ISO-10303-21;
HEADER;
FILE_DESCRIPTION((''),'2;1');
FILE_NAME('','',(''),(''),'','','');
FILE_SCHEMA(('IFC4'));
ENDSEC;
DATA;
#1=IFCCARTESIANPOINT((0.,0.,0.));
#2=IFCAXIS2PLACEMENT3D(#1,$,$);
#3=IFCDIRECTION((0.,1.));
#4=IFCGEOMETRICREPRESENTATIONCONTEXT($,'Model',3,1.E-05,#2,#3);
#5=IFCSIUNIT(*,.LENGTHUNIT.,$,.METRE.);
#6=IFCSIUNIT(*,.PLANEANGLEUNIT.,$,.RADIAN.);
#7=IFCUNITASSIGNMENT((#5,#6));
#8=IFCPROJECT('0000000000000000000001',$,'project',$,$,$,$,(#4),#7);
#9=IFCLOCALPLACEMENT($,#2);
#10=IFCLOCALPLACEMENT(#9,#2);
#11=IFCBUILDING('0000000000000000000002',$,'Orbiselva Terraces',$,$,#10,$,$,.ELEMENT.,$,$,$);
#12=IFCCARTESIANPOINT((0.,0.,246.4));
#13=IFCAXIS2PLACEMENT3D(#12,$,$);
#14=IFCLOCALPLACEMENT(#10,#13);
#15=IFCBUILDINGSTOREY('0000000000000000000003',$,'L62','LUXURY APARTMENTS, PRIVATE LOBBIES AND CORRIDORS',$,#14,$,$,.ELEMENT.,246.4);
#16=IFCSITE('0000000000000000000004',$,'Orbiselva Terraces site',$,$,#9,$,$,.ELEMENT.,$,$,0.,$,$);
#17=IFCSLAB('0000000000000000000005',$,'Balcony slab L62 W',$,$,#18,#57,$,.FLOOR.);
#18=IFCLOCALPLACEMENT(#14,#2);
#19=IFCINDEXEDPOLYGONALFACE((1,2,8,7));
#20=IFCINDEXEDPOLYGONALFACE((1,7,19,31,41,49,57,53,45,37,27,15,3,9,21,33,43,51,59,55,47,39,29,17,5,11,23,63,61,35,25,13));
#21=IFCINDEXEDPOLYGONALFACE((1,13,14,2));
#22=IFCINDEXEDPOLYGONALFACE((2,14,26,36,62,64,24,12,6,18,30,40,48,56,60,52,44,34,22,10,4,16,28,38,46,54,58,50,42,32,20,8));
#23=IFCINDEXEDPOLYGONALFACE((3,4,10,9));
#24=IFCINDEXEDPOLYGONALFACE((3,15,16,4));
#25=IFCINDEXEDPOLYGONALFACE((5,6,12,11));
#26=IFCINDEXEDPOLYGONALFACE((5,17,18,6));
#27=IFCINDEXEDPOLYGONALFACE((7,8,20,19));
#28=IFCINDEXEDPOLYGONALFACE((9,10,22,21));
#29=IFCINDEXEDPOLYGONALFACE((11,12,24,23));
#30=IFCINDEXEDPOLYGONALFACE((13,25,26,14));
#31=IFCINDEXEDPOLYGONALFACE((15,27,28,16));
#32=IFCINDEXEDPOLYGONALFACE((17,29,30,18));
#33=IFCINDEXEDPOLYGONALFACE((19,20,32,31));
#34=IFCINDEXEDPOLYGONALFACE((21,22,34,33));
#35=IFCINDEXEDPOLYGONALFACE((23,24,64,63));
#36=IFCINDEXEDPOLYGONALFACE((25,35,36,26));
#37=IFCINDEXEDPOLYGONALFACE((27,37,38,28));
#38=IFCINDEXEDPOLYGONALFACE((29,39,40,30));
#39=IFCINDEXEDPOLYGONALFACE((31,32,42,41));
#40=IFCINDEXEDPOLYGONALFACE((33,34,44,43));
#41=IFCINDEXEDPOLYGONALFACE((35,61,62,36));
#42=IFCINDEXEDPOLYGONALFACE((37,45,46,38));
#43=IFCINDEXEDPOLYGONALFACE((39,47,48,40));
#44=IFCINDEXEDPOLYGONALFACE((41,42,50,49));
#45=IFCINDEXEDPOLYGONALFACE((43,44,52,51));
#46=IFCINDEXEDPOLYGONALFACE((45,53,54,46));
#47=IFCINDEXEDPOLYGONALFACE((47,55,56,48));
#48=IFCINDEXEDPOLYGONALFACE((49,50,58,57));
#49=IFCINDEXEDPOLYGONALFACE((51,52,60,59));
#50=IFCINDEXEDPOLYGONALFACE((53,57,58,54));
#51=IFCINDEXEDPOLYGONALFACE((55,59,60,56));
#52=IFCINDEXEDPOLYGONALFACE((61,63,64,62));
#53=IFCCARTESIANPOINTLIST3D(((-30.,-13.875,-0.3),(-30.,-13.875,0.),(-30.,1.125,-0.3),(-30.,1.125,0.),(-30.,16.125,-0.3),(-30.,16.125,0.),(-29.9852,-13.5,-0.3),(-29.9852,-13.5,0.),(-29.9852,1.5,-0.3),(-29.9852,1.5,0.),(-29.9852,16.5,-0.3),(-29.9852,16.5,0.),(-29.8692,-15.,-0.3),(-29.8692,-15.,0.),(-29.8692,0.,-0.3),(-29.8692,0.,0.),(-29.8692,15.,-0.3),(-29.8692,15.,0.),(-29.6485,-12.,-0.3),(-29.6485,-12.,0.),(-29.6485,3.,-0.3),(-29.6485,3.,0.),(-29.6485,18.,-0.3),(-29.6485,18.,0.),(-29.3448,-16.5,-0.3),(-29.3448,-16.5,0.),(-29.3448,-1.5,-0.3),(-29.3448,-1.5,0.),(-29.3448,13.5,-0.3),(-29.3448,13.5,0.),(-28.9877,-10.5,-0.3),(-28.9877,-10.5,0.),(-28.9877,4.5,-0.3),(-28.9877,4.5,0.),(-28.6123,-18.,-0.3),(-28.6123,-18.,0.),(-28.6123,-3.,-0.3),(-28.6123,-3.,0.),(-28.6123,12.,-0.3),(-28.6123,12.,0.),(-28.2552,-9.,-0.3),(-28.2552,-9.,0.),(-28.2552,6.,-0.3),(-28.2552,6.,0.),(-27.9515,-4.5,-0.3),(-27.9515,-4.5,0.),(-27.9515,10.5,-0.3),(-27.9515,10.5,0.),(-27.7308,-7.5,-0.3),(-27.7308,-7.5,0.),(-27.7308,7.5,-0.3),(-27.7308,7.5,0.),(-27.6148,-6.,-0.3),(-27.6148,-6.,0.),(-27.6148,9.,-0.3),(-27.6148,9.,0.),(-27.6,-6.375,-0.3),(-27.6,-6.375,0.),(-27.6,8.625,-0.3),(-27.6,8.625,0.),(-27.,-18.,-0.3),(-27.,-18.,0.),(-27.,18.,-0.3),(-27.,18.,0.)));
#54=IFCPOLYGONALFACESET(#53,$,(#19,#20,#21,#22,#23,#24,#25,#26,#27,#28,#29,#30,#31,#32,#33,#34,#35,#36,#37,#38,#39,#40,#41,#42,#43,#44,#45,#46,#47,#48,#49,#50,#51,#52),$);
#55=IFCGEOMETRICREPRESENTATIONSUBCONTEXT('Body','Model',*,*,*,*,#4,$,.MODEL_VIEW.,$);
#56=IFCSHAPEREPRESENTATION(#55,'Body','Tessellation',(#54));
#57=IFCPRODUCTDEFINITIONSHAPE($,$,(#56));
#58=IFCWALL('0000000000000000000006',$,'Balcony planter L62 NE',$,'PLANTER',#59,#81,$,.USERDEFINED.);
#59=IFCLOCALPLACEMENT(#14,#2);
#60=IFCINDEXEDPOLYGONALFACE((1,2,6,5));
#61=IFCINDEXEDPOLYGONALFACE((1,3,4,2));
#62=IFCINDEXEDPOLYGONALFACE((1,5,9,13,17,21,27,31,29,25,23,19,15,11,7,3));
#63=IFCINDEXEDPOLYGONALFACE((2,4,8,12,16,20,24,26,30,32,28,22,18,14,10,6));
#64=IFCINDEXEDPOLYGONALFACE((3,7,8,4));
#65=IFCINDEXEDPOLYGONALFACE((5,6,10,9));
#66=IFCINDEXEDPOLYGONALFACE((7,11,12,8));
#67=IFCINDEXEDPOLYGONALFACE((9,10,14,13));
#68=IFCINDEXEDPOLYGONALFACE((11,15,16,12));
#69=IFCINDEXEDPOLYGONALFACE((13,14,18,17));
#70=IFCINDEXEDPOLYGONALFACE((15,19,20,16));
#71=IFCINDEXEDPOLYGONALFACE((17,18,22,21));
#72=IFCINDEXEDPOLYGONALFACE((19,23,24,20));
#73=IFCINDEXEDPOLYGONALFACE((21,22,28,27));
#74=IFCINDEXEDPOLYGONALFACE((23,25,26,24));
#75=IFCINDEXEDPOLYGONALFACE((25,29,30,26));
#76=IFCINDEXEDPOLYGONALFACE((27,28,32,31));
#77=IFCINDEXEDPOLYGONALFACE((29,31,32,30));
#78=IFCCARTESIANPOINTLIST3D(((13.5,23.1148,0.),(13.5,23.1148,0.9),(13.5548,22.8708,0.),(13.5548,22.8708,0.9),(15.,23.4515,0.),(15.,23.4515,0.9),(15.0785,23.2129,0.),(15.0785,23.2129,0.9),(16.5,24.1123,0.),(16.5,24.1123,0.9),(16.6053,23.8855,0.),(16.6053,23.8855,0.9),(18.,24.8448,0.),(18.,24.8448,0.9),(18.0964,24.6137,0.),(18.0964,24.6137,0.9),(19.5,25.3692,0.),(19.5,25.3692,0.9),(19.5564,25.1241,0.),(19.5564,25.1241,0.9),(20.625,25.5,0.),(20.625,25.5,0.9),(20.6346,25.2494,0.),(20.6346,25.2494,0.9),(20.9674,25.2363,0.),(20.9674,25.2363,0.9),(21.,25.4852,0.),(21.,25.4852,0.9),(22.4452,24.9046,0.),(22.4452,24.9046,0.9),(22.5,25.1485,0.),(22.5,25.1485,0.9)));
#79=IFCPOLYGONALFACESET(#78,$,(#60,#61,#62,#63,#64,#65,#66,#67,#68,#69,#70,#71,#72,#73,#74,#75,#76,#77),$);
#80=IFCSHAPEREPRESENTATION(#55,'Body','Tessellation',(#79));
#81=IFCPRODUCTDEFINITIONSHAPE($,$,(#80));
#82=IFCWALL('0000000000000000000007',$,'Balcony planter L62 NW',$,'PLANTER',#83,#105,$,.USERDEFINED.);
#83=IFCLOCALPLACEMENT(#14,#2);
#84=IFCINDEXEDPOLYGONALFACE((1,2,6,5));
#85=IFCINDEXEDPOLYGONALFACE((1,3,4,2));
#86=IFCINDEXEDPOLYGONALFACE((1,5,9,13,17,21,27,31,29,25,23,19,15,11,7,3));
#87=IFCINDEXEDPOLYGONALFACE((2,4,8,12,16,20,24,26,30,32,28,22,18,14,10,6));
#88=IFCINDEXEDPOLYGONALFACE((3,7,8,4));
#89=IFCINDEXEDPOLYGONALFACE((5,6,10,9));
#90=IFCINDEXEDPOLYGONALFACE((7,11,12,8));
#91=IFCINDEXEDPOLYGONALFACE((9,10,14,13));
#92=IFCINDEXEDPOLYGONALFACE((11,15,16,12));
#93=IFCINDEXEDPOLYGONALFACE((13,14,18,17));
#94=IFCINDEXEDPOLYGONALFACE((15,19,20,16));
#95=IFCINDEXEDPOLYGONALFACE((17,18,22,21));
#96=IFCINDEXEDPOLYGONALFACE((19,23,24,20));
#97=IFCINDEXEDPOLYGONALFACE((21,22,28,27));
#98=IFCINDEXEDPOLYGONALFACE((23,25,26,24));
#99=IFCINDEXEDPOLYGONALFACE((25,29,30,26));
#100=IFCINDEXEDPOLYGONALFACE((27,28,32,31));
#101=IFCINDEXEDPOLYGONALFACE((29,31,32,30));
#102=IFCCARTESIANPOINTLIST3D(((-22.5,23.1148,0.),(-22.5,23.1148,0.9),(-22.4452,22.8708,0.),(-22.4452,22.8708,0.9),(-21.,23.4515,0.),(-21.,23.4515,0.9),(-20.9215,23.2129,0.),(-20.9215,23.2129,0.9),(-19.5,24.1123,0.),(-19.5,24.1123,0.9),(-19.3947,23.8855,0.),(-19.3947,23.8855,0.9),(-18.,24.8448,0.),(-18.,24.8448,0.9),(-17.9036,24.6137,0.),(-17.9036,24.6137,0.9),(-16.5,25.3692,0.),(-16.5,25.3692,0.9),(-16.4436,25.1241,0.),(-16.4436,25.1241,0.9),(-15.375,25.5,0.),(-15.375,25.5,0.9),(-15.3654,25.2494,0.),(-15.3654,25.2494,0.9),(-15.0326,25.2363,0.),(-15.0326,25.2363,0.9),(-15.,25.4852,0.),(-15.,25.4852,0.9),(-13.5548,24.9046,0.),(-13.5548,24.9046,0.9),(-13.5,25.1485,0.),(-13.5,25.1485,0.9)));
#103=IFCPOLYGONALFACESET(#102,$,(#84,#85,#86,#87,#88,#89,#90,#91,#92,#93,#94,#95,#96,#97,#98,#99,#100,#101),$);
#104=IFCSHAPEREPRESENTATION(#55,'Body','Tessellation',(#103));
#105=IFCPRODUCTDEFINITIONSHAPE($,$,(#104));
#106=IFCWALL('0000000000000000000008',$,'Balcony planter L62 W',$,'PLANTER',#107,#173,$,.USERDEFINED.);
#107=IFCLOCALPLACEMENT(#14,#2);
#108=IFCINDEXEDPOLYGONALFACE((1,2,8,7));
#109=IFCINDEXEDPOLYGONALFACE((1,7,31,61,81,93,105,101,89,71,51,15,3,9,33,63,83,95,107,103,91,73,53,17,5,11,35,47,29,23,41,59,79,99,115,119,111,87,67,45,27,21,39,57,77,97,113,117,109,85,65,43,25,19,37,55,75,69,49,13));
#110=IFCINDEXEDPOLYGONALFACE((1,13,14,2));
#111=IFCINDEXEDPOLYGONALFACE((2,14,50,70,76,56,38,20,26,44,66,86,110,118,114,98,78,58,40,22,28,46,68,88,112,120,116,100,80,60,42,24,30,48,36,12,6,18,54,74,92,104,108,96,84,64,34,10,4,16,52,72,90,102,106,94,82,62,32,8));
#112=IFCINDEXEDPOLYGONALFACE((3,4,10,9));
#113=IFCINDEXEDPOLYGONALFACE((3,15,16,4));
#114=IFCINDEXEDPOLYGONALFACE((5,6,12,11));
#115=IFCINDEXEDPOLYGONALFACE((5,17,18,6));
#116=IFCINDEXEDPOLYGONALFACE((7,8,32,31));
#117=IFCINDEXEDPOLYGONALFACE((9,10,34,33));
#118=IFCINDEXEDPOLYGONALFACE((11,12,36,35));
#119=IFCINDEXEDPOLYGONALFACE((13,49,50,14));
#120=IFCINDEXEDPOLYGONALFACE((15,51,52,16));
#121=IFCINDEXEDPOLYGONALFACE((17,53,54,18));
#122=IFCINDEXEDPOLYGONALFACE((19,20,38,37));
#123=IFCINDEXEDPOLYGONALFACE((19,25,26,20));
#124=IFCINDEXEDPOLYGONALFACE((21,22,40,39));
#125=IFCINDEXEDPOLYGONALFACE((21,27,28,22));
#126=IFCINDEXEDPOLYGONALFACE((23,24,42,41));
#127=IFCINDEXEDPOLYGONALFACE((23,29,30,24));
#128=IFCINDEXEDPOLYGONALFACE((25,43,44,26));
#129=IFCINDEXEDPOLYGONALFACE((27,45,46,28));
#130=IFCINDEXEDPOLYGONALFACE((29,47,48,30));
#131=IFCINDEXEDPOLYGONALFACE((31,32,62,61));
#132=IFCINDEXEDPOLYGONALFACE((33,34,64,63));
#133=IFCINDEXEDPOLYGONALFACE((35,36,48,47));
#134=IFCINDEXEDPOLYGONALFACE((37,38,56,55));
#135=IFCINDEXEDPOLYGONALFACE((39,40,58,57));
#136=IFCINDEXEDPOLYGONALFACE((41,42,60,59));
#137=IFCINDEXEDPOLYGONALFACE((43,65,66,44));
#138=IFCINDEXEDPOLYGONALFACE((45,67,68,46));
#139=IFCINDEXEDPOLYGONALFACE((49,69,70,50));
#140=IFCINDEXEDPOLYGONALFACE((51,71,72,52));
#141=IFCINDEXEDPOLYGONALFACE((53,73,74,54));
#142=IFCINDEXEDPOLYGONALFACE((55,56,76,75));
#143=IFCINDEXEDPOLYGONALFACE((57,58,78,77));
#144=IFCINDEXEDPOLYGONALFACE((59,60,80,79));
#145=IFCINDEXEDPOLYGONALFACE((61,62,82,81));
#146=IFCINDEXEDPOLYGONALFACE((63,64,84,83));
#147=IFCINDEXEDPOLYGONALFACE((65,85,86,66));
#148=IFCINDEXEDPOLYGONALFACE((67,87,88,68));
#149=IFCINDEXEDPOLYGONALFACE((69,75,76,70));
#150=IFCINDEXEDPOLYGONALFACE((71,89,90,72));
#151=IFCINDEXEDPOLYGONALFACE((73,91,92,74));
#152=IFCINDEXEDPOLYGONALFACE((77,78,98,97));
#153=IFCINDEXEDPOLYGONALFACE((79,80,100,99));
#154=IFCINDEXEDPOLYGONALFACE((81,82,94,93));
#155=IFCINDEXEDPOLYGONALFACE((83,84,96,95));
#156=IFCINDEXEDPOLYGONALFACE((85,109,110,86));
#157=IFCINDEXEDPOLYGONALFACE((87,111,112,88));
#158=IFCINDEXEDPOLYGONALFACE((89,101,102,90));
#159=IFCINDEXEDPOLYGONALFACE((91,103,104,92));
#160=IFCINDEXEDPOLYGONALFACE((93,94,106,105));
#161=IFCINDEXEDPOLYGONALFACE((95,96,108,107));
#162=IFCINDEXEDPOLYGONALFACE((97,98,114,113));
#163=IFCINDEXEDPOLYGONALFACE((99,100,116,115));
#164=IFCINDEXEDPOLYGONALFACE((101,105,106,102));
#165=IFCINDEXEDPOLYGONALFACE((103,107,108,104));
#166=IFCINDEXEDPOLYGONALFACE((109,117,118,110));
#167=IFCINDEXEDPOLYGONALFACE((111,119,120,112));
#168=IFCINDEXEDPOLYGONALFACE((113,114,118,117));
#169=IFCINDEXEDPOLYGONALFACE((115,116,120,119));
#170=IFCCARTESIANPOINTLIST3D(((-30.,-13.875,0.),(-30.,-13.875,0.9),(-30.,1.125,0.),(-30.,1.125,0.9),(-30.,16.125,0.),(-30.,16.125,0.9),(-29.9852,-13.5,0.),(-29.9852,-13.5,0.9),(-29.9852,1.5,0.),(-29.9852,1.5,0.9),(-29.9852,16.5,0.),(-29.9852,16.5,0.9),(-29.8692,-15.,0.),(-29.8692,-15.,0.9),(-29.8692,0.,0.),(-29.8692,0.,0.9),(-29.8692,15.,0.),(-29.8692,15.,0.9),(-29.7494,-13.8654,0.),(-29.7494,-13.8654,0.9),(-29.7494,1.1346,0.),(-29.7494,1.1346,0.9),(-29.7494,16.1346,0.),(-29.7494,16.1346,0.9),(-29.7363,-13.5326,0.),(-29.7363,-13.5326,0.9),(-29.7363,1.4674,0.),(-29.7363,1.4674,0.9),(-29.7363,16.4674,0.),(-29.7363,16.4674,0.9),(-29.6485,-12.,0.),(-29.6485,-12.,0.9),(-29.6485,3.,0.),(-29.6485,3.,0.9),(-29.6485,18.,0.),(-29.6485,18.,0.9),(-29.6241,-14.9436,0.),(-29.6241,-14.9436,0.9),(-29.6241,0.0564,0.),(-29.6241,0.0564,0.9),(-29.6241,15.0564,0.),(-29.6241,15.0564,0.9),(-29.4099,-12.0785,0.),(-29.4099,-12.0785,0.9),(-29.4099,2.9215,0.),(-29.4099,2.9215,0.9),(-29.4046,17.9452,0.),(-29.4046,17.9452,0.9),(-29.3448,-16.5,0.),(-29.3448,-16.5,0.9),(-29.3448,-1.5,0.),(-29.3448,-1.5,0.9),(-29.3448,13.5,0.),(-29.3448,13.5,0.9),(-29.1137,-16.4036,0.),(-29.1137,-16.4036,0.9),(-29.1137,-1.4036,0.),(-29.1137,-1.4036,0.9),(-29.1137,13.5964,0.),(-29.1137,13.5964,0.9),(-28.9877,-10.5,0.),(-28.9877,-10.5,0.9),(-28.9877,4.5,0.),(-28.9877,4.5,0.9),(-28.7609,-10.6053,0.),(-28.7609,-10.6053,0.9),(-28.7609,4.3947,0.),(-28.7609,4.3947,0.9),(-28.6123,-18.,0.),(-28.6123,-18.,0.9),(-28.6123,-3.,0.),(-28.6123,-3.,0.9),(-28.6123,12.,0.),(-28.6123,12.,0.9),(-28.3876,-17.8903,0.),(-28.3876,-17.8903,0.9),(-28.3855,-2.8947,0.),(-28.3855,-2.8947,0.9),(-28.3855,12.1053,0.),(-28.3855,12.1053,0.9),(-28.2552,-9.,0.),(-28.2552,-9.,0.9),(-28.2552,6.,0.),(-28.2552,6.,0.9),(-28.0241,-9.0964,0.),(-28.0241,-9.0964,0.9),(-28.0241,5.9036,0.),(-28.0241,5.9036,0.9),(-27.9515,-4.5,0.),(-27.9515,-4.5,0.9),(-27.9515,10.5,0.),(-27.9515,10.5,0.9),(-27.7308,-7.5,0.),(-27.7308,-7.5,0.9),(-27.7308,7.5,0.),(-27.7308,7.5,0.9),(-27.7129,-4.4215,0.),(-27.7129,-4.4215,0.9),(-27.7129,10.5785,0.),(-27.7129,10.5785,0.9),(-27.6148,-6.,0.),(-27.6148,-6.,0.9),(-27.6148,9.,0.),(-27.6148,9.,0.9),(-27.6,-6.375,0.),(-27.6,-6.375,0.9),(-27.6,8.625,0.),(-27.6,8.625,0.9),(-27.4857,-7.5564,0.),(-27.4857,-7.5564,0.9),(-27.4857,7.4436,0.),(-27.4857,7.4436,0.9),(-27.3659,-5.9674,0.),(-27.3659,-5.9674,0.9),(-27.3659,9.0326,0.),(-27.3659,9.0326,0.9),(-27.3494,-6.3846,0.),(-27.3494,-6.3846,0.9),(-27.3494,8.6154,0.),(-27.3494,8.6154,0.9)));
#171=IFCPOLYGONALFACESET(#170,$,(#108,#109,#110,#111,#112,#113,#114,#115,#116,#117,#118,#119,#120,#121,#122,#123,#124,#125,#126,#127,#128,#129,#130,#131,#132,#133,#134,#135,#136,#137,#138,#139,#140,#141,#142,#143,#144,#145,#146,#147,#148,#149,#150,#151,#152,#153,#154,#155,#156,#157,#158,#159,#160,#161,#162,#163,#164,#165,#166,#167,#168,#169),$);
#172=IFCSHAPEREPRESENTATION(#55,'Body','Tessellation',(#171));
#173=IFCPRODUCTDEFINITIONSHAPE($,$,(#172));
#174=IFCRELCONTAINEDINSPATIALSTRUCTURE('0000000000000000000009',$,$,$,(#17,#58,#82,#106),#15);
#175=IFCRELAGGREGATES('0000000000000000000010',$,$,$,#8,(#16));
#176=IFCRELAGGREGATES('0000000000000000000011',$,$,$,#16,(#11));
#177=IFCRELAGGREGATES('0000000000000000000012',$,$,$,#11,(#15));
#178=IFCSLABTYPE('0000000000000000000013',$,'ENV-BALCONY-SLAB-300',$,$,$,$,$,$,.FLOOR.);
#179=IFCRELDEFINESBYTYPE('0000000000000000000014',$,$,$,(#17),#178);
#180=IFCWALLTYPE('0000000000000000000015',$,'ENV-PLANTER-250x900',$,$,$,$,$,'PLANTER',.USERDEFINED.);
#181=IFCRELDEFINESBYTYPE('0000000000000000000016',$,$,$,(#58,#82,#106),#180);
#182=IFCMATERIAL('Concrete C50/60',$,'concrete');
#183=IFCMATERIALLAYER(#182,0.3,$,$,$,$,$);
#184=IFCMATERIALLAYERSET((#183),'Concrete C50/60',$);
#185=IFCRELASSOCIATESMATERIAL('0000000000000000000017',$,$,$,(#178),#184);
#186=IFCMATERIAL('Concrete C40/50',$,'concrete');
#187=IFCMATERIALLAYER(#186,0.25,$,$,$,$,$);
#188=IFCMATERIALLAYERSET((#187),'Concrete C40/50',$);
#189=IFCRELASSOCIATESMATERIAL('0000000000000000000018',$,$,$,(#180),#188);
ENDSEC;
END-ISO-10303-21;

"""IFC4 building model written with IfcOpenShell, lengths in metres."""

from ifc_helpers import new_model, si_unit, direction, frame, origin, place, context, subcontext, project, spatial, polyline, outline, extrude, material, layer, layer_set, type_object, element, save


model = new_model("IFC4")

# Units and contexts
model_context = context("Model", 3, precision=1e-05, world=origin(), true_north=direction((0.0, 1.0)))
body_context = subcontext(model_context, "Body", "Model", "MODEL_VIEW")
ifc_project = project(units=[si_unit("LENGTHUNIT", "METRE"), si_unit("PLANEANGLEUNIT", "RADIAN")], contexts=[model_context])

# Site, building, storey
site_placement = place(None, origin())
site = spatial("IfcSite", under=ifc_project, at=site_placement, Name="Orbiselva Terraces site", CompositionType="ELEMENT", RefElevation=0.0)
building_placement = place(site_placement, origin())
building = spatial("IfcBuilding", under=site, at=building_placement, Name="Orbiselva Terraces", CompositionType="ELEMENT")
storey_placement = place(building_placement, frame((0.0, 0.0, 246.4)))
storey = spatial("IfcBuildingStorey", under=building, at=storey_placement, Name="L62", Description="LUXURY APARTMENTS, PRIVATE LOBBIES AND CORRIDORS", CompositionType="ELEMENT", Elevation=246.4)

# Shared definitions
ifc_material_1 = material(Name="Concrete C50/60", Category="concrete")

# Shared definitions
ifc_material_2 = material(Name="Concrete C40/50", Category="concrete")

# Slab
ifc_layer_1 = layer(ifc_material_1, 0.3)
ifc_layer_set_1 = layer_set([ifc_layer_1], Name="Concrete C50/60")
slab_type_1 = type_object("IfcSlabType", Name="ENV-BALCONY-SLAB-300", PredefinedType="FLOOR", material=ifc_layer_set_1)
slab_1_placement = place(storey_placement, frame((0.0, 0.0, -0.3)))
element("IfcSlab", 1, at=slab_1_placement, inside=storey, type_object=slab_type_1, Name="Balcony slab L62 W", PredefinedType="FLOOR", context=body_context, shape_type="SweptSolid", body=[
    extrude(outline(polyline([(-29.6485, 18.0), (-29.9852, 16.5), (-30.0, 16.125), (-29.8692, 15.0), (-29.3448, 13.5), (-28.6123, 12.0), (-27.9515, 10.5), (-27.6148, 9.0), (-27.6, 8.625), (-27.7308, 7.5), (-28.2552, 6.0), (-28.9877, 4.5), (-29.6485, 3.0), (-29.9852, 1.5), (-30.0, 1.125), (-29.8692, 0.0), (-29.3448, -1.5), (-28.6123, -3.0), (-27.9515, -4.5), (-27.6148, -6.0), (-27.6, -6.375), (-27.7308, -7.5), (-28.2552, -9.0), (-28.9877, -10.5), (-29.6485, -12.0), (-29.9852, -13.5), (-30.0, -13.875), (-29.8692, -15.0), (-29.3448, -16.5), (-28.6123, -18.0), (-27.0, -18.0), (-27.0, 18.0), (-29.6485, 18.0)])), origin(), (0.0, 0.0, 1.0), 0.3),
])

# Walls
ifc_layer_2 = layer(ifc_material_2, 0.25)
ifc_layer_set_2 = layer_set([ifc_layer_2], Name="Concrete C40/50")
wall_type_1 = type_object("IfcWallType", Name="ENV-PLANTER-250x900", ElementType="PLANTER", PredefinedType="USERDEFINED", material=ifc_layer_set_2)
wall_1_placement = place(storey_placement, origin())
element("IfcWall", 2, at=wall_1_placement, inside=storey, type_object=wall_type_1, Name="Balcony planter L62 NE", ObjectType="PLANTER", PredefinedType="USERDEFINED", context=body_context, shape_type="SweptSolid", body=[
    extrude(outline(polyline([(22.5, 25.1485), (21.0, 25.4852), (20.625, 25.5), (19.5, 25.3692), (18.0, 24.8448), (16.5, 24.1123), (15.0, 23.4515), (13.5, 23.1148), (13.5548, 22.8708), (15.0785, 23.2129), (16.6053, 23.8855), (18.0964, 24.6137), (19.5564, 25.1241), (20.6346, 25.2494), (20.9674, 25.2363), (22.4452, 24.9046), (22.5, 25.1485)])), origin(), (0.0, 0.0, 1.0), 0.9),
])
wall_2_placement = place(storey_placement, origin())
element("IfcWall", 3, at=wall_2_placement, inside=storey, type_object=wall_type_1, Name="Balcony planter L62 NW", ObjectType="PLANTER", PredefinedType="USERDEFINED", context=body_context, shape_type="SweptSolid", body=[
    extrude(outline(polyline([(-13.5, 25.1485), (-15.0, 25.4852), (-15.375, 25.5), (-16.5, 25.3692), (-18.0, 24.8448), (-19.5, 24.1123), (-21.0, 23.4515), (-22.5, 23.1148), (-22.4452, 22.8708), (-20.9215, 23.2129), (-19.3947, 23.8855), (-17.9036, 24.6137), (-16.4436, 25.1241), (-15.3654, 25.2494), (-15.0326, 25.2363), (-13.5548, 24.9046), (-13.5, 25.1485)])), origin(), (0.0, 0.0, 1.0), 0.9),
])
wall_3_placement = place(storey_placement, origin())
element("IfcWall", 4, at=wall_3_placement, inside=storey, type_object=wall_type_1, Name="Balcony planter L62 W", ObjectType="PLANTER", PredefinedType="USERDEFINED", context=body_context, shape_type="SweptSolid", body=[
    extrude(outline(polyline([(-29.6485, 18.0), (-29.9852, 16.5), (-30.0, 16.125), (-29.8692, 15.0), (-29.3448, 13.5), (-28.6123, 12.0), (-27.9515, 10.5), (-27.6148, 9.0), (-27.6, 8.625), (-27.7308, 7.5), (-28.2552, 6.0), (-28.9877, 4.5), (-29.6485, 3.0), (-29.9852, 1.5), (-30.0, 1.125), (-29.8692, 0.0), (-29.3448, -1.5), (-28.6123, -3.0), (-27.9515, -4.5), (-27.6148, -6.0), (-27.6, -6.375), (-27.7308, -7.5), (-28.2552, -9.0), (-28.9877, -10.5), (-29.6485, -12.0), (-29.9852, -13.5), (-30.0, -13.875), (-29.8692, -15.0), (-29.3448, -16.5), (-28.6123, -18.0), (-28.3876, -17.8903), (-29.1137, -16.4036), (-29.6241, -14.9436), (-29.7494, -13.8654), (-29.7363, -13.5326), (-29.4099, -12.0785), (-28.7609, -10.6053), (-28.0241, -9.0964), (-27.4857, -7.5564), (-27.3494, -6.3846), (-27.3659, -5.9674), (-27.7129, -4.4215), (-28.3855, -2.8947), (-29.1137, -1.4036), (-29.6241, 0.0564), (-29.7494, 1.1346), (-29.7363, 1.4674), (-29.4099, 2.9215), (-28.7609, 4.3947), (-28.0241, 5.9036), (-27.4857, 7.4436), (-27.3494, 8.6154), (-27.3659, 9.0326), (-27.7129, 10.5785), (-28.3855, 12.1053), (-29.1137, 13.5964), (-29.6241, 15.0564), (-29.7494, 16.1346), (-29.7363, 16.4674), (-29.4046, 17.9452), (-29.6485, 18.0)])), origin(), (0.0, 0.0, 1.0), 0.9),
])

save(model, "model.ifc")
